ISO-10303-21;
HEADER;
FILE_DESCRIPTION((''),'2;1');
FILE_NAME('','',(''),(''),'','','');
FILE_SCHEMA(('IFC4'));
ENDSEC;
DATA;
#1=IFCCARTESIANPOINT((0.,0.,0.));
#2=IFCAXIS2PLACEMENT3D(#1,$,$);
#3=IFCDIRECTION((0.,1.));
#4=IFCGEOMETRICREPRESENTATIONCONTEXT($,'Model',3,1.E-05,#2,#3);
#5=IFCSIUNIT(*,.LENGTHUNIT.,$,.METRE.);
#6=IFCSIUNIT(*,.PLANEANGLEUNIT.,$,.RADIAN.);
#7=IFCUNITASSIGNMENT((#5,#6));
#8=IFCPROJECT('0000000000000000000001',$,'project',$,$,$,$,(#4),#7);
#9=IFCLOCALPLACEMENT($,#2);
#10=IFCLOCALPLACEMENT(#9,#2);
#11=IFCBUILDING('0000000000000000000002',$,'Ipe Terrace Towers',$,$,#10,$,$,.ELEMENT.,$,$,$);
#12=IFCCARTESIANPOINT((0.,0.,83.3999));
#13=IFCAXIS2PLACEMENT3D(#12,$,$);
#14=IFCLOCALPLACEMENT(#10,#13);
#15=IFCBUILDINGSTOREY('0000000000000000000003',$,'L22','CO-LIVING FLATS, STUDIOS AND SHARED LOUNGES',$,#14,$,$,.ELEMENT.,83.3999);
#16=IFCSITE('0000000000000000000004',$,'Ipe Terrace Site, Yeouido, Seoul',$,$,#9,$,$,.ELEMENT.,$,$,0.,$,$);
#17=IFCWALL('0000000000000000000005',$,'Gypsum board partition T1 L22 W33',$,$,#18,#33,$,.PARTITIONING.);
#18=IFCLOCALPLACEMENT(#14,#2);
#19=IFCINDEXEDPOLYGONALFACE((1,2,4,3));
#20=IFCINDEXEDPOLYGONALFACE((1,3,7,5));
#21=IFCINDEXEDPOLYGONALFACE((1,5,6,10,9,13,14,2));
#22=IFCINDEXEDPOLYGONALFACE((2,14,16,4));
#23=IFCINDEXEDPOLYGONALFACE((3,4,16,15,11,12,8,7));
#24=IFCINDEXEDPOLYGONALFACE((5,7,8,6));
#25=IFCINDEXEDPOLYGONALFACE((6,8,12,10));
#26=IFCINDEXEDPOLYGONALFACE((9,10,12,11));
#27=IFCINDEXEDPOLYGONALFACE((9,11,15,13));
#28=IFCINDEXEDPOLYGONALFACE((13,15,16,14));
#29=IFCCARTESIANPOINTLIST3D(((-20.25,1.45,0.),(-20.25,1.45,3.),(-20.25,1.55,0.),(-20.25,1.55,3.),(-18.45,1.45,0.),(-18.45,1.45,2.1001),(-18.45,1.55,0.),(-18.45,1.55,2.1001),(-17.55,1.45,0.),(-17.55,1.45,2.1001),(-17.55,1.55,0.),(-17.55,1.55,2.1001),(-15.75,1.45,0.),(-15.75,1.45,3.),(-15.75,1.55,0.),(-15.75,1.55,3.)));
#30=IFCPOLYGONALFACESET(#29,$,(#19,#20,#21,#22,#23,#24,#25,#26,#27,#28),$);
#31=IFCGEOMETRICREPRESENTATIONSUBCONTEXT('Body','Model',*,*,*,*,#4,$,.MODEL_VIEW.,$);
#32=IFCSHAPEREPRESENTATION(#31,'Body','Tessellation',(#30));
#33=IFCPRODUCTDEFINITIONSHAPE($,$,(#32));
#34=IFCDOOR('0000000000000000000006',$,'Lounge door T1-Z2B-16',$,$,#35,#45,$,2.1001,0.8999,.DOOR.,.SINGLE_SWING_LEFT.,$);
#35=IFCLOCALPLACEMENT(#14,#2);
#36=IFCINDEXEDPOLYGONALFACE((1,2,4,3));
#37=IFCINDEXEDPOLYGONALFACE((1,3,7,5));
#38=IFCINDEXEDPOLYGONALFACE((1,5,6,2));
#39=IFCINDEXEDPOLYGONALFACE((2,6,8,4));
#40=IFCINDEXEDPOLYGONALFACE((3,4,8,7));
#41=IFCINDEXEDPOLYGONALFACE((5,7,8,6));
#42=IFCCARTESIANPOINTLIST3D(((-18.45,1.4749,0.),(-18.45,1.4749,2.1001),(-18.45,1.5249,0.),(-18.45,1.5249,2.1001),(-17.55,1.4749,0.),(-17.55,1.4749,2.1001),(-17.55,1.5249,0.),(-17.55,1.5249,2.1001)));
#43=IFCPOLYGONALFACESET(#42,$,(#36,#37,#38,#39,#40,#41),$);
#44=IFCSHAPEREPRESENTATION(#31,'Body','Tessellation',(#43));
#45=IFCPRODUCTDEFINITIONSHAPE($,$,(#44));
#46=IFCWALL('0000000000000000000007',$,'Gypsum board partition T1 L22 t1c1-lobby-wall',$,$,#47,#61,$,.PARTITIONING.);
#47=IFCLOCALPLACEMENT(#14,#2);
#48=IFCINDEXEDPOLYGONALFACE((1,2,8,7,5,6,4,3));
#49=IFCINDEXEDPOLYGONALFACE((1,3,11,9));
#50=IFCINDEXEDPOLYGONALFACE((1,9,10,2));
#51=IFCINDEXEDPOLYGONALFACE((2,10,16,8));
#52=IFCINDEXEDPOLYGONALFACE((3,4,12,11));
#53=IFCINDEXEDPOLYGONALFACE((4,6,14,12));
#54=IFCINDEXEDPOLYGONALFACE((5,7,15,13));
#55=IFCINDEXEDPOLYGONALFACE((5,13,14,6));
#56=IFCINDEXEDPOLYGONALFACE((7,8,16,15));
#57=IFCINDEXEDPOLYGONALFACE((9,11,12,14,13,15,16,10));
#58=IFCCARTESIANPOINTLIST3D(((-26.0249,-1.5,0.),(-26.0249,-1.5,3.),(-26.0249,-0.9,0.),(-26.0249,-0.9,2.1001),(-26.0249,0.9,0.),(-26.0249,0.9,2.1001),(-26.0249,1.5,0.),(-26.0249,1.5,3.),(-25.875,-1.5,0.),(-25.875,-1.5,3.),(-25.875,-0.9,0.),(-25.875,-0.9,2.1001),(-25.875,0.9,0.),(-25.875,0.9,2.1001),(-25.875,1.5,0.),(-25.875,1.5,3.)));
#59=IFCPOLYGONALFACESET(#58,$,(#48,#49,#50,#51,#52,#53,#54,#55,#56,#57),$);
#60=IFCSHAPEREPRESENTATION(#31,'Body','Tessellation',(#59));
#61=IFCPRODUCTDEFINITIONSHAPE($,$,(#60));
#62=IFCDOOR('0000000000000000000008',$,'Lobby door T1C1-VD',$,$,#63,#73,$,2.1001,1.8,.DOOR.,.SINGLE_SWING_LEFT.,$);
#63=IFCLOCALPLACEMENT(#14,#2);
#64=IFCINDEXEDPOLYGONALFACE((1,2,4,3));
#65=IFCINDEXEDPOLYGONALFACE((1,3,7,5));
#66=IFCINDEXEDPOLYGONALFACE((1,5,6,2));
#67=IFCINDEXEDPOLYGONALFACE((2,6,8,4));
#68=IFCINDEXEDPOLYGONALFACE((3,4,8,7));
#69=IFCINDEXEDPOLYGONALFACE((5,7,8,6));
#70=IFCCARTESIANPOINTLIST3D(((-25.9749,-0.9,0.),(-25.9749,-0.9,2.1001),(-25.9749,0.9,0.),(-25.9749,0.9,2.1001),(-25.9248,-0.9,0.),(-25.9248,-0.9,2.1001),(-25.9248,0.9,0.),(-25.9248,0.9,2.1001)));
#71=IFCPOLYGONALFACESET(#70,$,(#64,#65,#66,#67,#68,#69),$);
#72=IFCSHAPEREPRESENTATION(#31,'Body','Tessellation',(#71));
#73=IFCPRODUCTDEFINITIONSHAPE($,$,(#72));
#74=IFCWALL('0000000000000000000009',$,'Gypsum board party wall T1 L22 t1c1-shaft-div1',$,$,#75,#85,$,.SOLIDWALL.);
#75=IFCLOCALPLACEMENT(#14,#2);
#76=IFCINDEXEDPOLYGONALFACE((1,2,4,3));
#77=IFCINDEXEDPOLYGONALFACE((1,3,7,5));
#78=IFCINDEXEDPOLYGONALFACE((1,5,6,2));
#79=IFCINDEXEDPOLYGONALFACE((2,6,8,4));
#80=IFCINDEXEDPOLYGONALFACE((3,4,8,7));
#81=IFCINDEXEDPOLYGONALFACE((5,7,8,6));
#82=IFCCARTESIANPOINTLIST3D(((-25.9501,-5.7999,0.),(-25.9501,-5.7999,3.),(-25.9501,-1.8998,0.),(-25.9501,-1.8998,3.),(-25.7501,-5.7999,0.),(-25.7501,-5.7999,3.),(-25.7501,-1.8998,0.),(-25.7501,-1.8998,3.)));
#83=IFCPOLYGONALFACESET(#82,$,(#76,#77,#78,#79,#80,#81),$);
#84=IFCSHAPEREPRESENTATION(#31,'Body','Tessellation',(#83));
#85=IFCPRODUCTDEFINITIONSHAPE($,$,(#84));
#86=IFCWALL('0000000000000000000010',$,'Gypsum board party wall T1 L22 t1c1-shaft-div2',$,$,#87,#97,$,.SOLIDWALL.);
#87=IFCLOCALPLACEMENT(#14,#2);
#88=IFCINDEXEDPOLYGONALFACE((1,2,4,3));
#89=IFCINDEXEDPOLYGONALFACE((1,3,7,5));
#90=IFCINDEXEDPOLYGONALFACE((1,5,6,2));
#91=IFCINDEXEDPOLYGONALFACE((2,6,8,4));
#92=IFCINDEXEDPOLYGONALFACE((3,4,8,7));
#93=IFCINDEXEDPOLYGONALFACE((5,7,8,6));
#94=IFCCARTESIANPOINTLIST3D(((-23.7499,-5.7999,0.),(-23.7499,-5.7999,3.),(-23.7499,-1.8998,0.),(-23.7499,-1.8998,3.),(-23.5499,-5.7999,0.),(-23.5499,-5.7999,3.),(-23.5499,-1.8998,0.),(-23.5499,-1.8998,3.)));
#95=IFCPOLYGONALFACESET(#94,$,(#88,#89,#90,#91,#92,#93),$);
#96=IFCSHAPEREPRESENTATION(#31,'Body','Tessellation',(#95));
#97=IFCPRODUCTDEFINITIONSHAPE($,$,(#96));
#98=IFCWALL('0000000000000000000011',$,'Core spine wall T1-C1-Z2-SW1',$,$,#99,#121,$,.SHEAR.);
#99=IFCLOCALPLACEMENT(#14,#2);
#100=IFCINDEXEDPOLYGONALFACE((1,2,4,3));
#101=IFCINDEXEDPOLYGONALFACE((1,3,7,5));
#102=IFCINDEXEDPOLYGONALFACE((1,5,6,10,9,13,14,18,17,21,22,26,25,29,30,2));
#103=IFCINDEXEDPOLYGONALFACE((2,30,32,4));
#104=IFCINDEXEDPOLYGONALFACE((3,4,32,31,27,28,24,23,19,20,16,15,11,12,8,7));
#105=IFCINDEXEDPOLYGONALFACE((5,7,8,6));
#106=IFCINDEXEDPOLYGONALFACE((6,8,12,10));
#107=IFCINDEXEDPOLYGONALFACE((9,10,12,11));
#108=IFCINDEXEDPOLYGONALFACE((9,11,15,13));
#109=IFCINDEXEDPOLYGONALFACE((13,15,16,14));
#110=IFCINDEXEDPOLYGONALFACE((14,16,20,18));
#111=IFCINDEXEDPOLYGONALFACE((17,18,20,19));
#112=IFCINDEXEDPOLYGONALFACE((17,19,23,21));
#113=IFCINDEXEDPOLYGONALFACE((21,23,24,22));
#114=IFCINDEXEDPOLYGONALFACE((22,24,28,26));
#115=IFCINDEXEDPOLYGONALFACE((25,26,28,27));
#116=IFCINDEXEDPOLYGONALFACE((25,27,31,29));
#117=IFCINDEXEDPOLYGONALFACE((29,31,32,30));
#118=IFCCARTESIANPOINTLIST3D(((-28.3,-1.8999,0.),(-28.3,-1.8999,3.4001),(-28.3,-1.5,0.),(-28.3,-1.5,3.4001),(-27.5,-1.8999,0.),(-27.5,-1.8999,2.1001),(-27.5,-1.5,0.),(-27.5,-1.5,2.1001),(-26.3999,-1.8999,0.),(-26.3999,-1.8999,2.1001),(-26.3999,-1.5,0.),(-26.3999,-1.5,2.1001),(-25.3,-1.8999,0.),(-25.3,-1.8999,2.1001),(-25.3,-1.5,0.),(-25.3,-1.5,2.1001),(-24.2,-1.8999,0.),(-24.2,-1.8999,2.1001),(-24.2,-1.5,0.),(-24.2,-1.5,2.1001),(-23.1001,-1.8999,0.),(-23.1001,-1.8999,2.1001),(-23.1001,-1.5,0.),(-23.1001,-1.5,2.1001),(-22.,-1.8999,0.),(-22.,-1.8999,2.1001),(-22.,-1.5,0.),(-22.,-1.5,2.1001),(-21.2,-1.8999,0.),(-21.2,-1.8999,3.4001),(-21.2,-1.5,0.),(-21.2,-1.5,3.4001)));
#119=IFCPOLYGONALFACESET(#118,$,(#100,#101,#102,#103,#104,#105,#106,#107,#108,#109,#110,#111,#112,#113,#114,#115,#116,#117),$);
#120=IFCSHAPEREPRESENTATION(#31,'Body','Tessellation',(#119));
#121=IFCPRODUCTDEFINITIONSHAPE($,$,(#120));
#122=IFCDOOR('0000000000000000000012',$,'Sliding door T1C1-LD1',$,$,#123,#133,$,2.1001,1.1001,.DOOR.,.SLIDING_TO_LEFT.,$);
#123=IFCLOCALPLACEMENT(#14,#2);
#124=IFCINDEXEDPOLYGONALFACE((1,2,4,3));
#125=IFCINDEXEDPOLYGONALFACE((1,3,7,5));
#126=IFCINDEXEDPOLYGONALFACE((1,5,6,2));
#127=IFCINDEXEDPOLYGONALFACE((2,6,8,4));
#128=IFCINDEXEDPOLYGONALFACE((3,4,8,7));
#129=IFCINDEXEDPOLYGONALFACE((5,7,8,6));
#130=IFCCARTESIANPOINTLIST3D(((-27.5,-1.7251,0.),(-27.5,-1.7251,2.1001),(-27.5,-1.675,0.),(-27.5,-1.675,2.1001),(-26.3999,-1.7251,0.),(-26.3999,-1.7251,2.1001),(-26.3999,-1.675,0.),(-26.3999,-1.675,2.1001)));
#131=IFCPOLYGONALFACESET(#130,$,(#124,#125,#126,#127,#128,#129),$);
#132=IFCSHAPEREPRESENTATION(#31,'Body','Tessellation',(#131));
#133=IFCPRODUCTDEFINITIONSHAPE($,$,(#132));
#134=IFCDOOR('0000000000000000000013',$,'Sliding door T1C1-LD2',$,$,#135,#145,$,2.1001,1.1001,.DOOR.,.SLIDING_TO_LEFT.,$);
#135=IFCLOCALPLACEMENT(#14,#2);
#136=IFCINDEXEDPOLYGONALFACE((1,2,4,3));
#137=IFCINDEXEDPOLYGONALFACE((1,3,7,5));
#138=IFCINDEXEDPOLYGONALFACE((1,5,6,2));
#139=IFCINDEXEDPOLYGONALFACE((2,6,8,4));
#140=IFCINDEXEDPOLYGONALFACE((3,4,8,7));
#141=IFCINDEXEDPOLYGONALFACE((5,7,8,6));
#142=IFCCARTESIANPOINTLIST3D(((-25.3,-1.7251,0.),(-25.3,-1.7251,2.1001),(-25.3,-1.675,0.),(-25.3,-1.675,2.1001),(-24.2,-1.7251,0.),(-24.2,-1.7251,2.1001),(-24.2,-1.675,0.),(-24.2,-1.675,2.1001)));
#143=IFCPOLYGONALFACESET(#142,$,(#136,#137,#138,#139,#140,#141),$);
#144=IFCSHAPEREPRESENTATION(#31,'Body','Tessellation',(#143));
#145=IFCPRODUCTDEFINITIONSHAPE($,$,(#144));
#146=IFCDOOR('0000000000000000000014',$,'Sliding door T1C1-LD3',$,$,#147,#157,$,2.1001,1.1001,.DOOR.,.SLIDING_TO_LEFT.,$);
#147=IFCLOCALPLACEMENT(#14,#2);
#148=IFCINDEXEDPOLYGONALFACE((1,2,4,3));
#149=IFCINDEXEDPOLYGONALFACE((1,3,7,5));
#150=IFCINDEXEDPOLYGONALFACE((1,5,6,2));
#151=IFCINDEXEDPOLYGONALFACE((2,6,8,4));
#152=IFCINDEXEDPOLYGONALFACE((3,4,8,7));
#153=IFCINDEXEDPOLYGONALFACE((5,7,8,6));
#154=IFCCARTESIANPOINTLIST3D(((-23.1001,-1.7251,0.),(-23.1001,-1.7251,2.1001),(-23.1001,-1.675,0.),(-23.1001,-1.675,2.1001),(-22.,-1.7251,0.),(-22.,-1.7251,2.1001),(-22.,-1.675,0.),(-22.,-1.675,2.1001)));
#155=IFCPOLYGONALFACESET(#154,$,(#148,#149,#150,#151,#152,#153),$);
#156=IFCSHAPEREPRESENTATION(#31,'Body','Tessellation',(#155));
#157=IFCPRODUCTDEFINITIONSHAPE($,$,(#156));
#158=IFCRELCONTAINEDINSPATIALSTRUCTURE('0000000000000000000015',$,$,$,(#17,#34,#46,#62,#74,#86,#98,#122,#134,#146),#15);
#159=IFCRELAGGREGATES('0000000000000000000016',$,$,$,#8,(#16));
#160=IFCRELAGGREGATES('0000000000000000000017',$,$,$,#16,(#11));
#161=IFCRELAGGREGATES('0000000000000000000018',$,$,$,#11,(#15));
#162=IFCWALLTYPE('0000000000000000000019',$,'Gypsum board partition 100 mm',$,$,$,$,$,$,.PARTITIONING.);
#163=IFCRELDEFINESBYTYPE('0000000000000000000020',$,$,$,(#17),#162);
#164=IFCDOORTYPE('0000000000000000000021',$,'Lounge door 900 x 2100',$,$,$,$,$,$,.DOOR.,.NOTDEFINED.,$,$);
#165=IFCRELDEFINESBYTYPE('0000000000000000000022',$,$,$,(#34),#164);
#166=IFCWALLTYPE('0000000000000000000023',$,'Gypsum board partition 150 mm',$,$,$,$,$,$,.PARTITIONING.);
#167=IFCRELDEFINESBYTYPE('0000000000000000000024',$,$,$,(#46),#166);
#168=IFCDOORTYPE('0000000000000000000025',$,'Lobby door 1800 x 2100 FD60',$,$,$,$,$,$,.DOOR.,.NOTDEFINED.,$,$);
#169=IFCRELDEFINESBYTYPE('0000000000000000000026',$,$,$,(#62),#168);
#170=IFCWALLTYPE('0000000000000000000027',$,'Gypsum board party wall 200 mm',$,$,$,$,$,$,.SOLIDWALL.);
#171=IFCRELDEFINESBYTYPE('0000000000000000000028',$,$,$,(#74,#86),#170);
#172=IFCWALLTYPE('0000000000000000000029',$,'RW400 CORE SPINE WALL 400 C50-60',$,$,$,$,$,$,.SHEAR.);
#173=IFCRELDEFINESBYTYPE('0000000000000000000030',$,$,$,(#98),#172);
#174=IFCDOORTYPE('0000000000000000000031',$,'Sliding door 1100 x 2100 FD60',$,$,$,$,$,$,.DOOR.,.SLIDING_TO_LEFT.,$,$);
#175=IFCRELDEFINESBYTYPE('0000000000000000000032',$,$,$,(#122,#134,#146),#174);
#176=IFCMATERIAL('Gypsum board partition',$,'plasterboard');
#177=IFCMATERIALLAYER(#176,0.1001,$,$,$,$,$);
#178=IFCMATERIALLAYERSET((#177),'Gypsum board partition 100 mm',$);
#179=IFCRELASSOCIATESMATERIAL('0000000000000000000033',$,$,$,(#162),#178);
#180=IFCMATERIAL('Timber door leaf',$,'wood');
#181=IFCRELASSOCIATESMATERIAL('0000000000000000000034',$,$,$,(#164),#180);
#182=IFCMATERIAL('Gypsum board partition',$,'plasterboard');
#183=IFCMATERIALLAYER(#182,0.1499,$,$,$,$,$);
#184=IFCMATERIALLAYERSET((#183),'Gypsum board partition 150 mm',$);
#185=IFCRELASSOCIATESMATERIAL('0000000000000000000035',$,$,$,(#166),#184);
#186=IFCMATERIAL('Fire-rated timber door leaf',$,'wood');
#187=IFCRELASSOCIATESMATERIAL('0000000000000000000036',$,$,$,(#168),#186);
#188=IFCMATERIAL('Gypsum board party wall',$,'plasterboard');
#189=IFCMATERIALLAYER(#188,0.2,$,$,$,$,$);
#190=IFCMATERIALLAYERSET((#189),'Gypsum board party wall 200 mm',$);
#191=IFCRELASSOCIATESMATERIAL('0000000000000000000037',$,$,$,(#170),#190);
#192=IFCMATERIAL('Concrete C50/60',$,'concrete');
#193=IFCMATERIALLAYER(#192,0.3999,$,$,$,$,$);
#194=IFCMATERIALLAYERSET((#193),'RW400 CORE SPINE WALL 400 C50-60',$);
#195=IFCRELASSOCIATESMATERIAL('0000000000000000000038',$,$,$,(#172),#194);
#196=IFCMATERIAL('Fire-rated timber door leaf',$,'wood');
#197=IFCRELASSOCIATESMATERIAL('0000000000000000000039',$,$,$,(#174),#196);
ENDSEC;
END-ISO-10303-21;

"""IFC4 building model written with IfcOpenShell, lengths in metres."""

from ifc_helpers import new_model, si_unit, direction, frame, frame_2d, origin, place, context, subcontext, project, spatial, rectangle, extrude, material, layer, layer_set, type_object, element, fill, save


model = new_model("IFC4")

# Units and contexts
model_context = context("Model", 3, precision=1e-05, world=origin(), true_north=direction((0.0, 1.0)))
body_context = subcontext(model_context, "Body", "Model", "MODEL_VIEW")
ifc_project = project(units=[si_unit("LENGTHUNIT", "METRE"), si_unit("PLANEANGLEUNIT", "RADIAN")], contexts=[model_context])

# Site, building, storey
site_placement = place(None, origin())
site = spatial("IfcSite", under=ifc_project, at=site_placement, Name="Ipe Terrace Site, Yeouido, Seoul", CompositionType="ELEMENT", RefElevation=0.0)
building_placement = place(site_placement, origin())
building = spatial("IfcBuilding", under=site, at=building_placement, Name="Ipe Terrace Towers", CompositionType="ELEMENT")
storey_placement = place(building_placement, frame((0.0, 0.0, 83.3999)))
storey = spatial("IfcBuildingStorey", under=building, at=storey_placement, Name="L22", Description="CO-LIVING FLATS, STUDIOS AND SHARED LOUNGES", CompositionType="ELEMENT", Elevation=83.3999)

# Walls, openings, doors
ifc_material_1 = material(Name="Gypsum board partition", Category="plasterboard")
ifc_layer_1 = layer(ifc_material_1, 0.1001)
ifc_layer_set_1 = layer_set([ifc_layer_1], Name="Gypsum board partition 100 mm")
wall_type_1 = type_object("IfcWallType", Name="Gypsum board partition 100 mm", PredefinedType="PARTITIONING", material=ifc_layer_set_1)
ifc_material_2 = material(Name="Timber door leaf", Category="wood")
door_type_1 = type_object("IfcDoorType", Name="Lounge door 900 x 2100", OperationType="NOTDEFINED", PredefinedType="DOOR", material=ifc_material_2)
wall_1_placement = place(storey_placement, frame((-20.25, 1.5, 0.0), z_axis=(0.0, 0.0, 1.0), x_axis=(1.0, 0.0, 0.0)))
wall_1 = element("IfcWall", 1, at=wall_1_placement, inside=storey, type_object=wall_type_1, Name="Gypsum board partition T1 L22 W33", PredefinedType="PARTITIONING", context=body_context, shape_type="SweptSolid", body=[
    extrude(rectangle(XDim=4.5, YDim=0.1001, at=frame_2d((2.25, 0.0))), origin(), (0.0, 0.0, 1.0), 3.0),
])
opening_1_placement = place(wall_1_placement, frame((1.8, 0.0, 0.0)))
opening_1 = element("IfcOpeningElement", 2, at=opening_1_placement, cuts=wall_1, PredefinedType="OPENING", context=body_context, shape_type="SweptSolid", body=[
    extrude(rectangle(XDim=0.8999, YDim=2.1001, at=frame_2d((0.45, 1.05))), frame((0.0, 0.0601, 0.0), z_axis=(0.0, -1.0, 0.0), x_axis=(1.0, 0.0, 0.0)), (0.0, 0.0, 1.0), 0.1201),
])
door_1_placement = place(opening_1_placement, origin())
door_1 = element("IfcDoor", 3, at=door_1_placement, inside=storey, type_object=door_type_1, Name="Lounge door T1-Z2B-16", OperationType="SINGLE_SWING_LEFT", OverallHeight=2.1001, OverallWidth=0.8999, PredefinedType="DOOR", context=body_context, shape_type="SweptSolid", body=[
    extrude(rectangle(XDim=0.8999, YDim=2.1001, at=frame_2d((0.45, 1.05))), frame((0.0, 0.0249, 0.0), z_axis=(0.0, -1.0, 0.0), x_axis=(1.0, 0.0, 0.0)), (0.0, 0.0, 1.0), 0.05),
])
fill(opening_1, door_1)
ifc_material_3 = material(Name="Gypsum board partition", Category="plasterboard")
ifc_layer_2 = layer(ifc_material_3, 0.1499)
ifc_layer_set_2 = layer_set([ifc_layer_2], Name="Gypsum board partition 150 mm")
wall_type_2 = type_object("IfcWallType", Name="Gypsum board partition 150 mm", PredefinedType="PARTITIONING", material=ifc_layer_set_2)
wall_2_placement = place(storey_placement, frame((-25.95, -1.5, 0.0), z_axis=(0.0, 0.0, 1.0), x_axis=(0.0, 1.0, 0.0)))
wall_2 = element("IfcWall", 4, at=wall_2_placement, inside=storey, type_object=wall_type_2, Name="Gypsum board partition T1 L22 t1c1-lobby-wall", PredefinedType="PARTITIONING", context=body_context, shape_type="SweptSolid", body=[
    extrude(rectangle(XDim=3.0, YDim=0.1499, at=frame_2d((1.5, 0.0))), origin(), (0.0, 0.0, 1.0), 3.0),
])
opening_2_placement = place(wall_2_placement, frame((0.6001, 0.0, 0.0)))
opening_2 = element("IfcOpeningElement", 5, at=opening_2_placement, cuts=wall_2, PredefinedType="OPENING", context=body_context, shape_type="SweptSolid", body=[
    extrude(rectangle(XDim=1.8, YDim=2.1001, at=frame_2d((0.8999, 1.05))), frame((0.0, 0.085, 0.0), z_axis=(0.0, -1.0, 0.0), x_axis=(1.0, 0.0, 0.0)), (0.0, 0.0, 1.0), 0.1699),
])
ifc_material_4 = material(Name="Fire-rated timber door leaf", Category="wood")
door_type_2 = type_object("IfcDoorType", Name="Lobby door 1800 x 2100 FD60", OperationType="NOTDEFINED", PredefinedType="DOOR", material=ifc_material_4)
door_2_placement = place(opening_2_placement, origin())
door_2 = element("IfcDoor", 6, at=door_2_placement, inside=storey, type_object=door_type_2, Name="Lobby door T1C1-VD", OperationType="SINGLE_SWING_LEFT", OverallHeight=2.1001, OverallWidth=1.8, PredefinedType="DOOR", context=body_context, shape_type="SweptSolid", body=[
    extrude(rectangle(XDim=1.8, YDim=2.1001, at=frame_2d((0.8999, 1.05))), frame((0.0, 0.0249, 0.0), z_axis=(0.0, -1.0, 0.0), x_axis=(1.0, 0.0, 0.0)), (0.0, 0.0, 1.0), 0.05),
])
fill(opening_2, door_2)

# Walls
ifc_material_5 = material(Name="Gypsum board party wall", Category="plasterboard")
ifc_layer_3 = layer(ifc_material_5, 0.2)
ifc_layer_set_3 = layer_set([ifc_layer_3], Name="Gypsum board party wall 200 mm")
wall_type_3 = type_object("IfcWallType", Name="Gypsum board party wall 200 mm", PredefinedType="SOLIDWALL", material=ifc_layer_set_3)
for number, where, z_axis, x_axis, name in (
    (7, (-25.8501, -5.8, 0.0), (0.0, 0.0, 1.0), (0.0, 1.0, 0.0), "Gypsum board party wall T1 L22 t1c1-shaft-div1"),
    (8, (-23.6499, -5.8, 0.0), (0.0, 0.0, 1.0), (0.0, 1.0, 0.0), "Gypsum board party wall T1 L22 t1c1-shaft-div2"),
):
    element("IfcWall", number, at=place(storey_placement, frame(where, z_axis=z_axis, x_axis=x_axis)), inside=storey, type_object=wall_type_3, Name=name, PredefinedType="SOLIDWALL", context=body_context, shape_type="SweptSolid", body=[
        extrude(rectangle(XDim=3.9001, YDim=0.2, at=frame_2d((1.9502, 0.0))), origin(), (0.0, 0.0, 1.0), 3.0),
    ])

# Wall, openings, doors
ifc_material_6 = material(Name="Concrete C50/60", Category="concrete")
ifc_layer_4 = layer(ifc_material_6, 0.3999)
ifc_layer_set_4 = layer_set([ifc_layer_4], Name="RW400 CORE SPINE WALL 400 C50-60")
wall_type_4 = type_object("IfcWallType", Name="RW400 CORE SPINE WALL 400 C50-60", PredefinedType="SHEAR", material=ifc_layer_set_4)
wall_3_placement = place(storey_placement, frame((-28.3, -1.7, 0.0), z_axis=(0.0, 0.0, 1.0), x_axis=(1.0, 0.0, 0.0)))
wall_3 = element("IfcWall", 9, at=wall_3_placement, inside=storey, type_object=wall_type_4, Name="Core spine wall T1-C1-Z2-SW1", PredefinedType="SHEAR", context=body_context, shape_type="SweptSolid", body=[
    extrude(rectangle(XDim=7.1001, YDim=0.3999, at=frame_2d((3.55, 0.0))), origin(), (0.0, 0.0, 1.0), 3.4001),
])
opening_3_placement = place(wall_3_placement, frame((0.8, 0.0, 0.0)))
opening_3 = element("IfcOpeningElement", 10, at=opening_3_placement, cuts=wall_3, PredefinedType="OPENING", context=body_context, shape_type="SweptSolid", body=[
    extrude(rectangle(XDim=1.1001, YDim=2.1001, at=frame_2d((0.55, 1.05))), frame((0.0, 0.21, 0.0), z_axis=(0.0, -1.0, 0.0), x_axis=(1.0, 0.0, 0.0)), (0.0, 0.0, 1.0), 0.4199),
])
opening_4_placement = place(wall_3_placement, frame((3.0, 0.0, 0.0)))
opening_4 = element("IfcOpeningElement", 11, at=opening_4_placement, cuts=wall_3, PredefinedType="OPENING", context=body_context, shape_type="SweptSolid", body=[
    extrude(rectangle(XDim=1.1001, YDim=2.1001, at=frame_2d((0.55, 1.05))), frame((0.0, 0.21, 0.0), z_axis=(0.0, -1.0, 0.0), x_axis=(1.0, 0.0, 0.0)), (0.0, 0.0, 1.0), 0.4199),
])
opening_5_placement = place(wall_3_placement, frame((5.2, 0.0, 0.0)))
opening_5 = element("IfcOpeningElement", 12, at=opening_5_placement, cuts=wall_3, PredefinedType="OPENING", context=body_context, shape_type="SweptSolid", body=[
    extrude(rectangle(XDim=1.1001, YDim=2.1001, at=frame_2d((0.55, 1.05))), frame((0.0, 0.21, 0.0), z_axis=(0.0, -1.0, 0.0), x_axis=(1.0, 0.0, 0.0)), (0.0, 0.0, 1.0), 0.4199),
])
ifc_material_7 = material(Name="Fire-rated timber door leaf", Category="wood")
door_type_3 = type_object("IfcDoorType", Name="Sliding door 1100 x 2100 FD60", OperationType="SLIDING_TO_LEFT", PredefinedType="DOOR", material=ifc_material_7)
door_3_placement = place(opening_3_placement, origin())
door_3 = element("IfcDoor", 13, at=door_3_placement, inside=storey, type_object=door_type_3, Name="Sliding door T1C1-LD1", OperationType="SLIDING_TO_LEFT", OverallHeight=2.1001, OverallWidth=1.1001, PredefinedType="DOOR", context=body_context, shape_type="SweptSolid", body=[
    extrude(rectangle(XDim=1.1001, YDim=2.1001, at=frame_2d((0.55, 1.05))), frame((0.0, 0.0249, 0.0), z_axis=(0.0, -1.0, 0.0), x_axis=(1.0, 0.0, 0.0)), (0.0, 0.0, 1.0), 0.05),
])
fill(opening_3, door_3)
door_4_placement = place(opening_4_placement, origin())
door_4 = element("IfcDoor", 14, at=door_4_placement, inside=storey, type_object=door_type_3, Name="Sliding door T1C1-LD2", OperationType="SLIDING_TO_LEFT", OverallHeight=2.1001, OverallWidth=1.1001, PredefinedType="DOOR", context=body_context, shape_type="SweptSolid", body=[
    extrude(rectangle(XDim=1.1001, YDim=2.1001, at=frame_2d((0.55, 1.05))), frame((0.0, 0.0249, 0.0), z_axis=(0.0, -1.0, 0.0), x_axis=(1.0, 0.0, 0.0)), (0.0, 0.0, 1.0), 0.05),
])
fill(opening_4, door_4)
door_5_placement = place(opening_5_placement, origin())
door_5 = element("IfcDoor", 15, at=door_5_placement, inside=storey, type_object=door_type_3, Name="Sliding door T1C1-LD3", OperationType="SLIDING_TO_LEFT", OverallHeight=2.1001, OverallWidth=1.1001, PredefinedType="DOOR", context=body_context, shape_type="SweptSolid", body=[
    extrude(rectangle(XDim=1.1001, YDim=2.1001, at=frame_2d((0.55, 1.05))), frame((0.0, 0.0249, 0.0), z_axis=(0.0, -1.0, 0.0), x_axis=(1.0, 0.0, 0.0)), (0.0, 0.0, 1.0), 0.05),
])
fill(opening_5, door_5)

save(model, "model.ifc")
